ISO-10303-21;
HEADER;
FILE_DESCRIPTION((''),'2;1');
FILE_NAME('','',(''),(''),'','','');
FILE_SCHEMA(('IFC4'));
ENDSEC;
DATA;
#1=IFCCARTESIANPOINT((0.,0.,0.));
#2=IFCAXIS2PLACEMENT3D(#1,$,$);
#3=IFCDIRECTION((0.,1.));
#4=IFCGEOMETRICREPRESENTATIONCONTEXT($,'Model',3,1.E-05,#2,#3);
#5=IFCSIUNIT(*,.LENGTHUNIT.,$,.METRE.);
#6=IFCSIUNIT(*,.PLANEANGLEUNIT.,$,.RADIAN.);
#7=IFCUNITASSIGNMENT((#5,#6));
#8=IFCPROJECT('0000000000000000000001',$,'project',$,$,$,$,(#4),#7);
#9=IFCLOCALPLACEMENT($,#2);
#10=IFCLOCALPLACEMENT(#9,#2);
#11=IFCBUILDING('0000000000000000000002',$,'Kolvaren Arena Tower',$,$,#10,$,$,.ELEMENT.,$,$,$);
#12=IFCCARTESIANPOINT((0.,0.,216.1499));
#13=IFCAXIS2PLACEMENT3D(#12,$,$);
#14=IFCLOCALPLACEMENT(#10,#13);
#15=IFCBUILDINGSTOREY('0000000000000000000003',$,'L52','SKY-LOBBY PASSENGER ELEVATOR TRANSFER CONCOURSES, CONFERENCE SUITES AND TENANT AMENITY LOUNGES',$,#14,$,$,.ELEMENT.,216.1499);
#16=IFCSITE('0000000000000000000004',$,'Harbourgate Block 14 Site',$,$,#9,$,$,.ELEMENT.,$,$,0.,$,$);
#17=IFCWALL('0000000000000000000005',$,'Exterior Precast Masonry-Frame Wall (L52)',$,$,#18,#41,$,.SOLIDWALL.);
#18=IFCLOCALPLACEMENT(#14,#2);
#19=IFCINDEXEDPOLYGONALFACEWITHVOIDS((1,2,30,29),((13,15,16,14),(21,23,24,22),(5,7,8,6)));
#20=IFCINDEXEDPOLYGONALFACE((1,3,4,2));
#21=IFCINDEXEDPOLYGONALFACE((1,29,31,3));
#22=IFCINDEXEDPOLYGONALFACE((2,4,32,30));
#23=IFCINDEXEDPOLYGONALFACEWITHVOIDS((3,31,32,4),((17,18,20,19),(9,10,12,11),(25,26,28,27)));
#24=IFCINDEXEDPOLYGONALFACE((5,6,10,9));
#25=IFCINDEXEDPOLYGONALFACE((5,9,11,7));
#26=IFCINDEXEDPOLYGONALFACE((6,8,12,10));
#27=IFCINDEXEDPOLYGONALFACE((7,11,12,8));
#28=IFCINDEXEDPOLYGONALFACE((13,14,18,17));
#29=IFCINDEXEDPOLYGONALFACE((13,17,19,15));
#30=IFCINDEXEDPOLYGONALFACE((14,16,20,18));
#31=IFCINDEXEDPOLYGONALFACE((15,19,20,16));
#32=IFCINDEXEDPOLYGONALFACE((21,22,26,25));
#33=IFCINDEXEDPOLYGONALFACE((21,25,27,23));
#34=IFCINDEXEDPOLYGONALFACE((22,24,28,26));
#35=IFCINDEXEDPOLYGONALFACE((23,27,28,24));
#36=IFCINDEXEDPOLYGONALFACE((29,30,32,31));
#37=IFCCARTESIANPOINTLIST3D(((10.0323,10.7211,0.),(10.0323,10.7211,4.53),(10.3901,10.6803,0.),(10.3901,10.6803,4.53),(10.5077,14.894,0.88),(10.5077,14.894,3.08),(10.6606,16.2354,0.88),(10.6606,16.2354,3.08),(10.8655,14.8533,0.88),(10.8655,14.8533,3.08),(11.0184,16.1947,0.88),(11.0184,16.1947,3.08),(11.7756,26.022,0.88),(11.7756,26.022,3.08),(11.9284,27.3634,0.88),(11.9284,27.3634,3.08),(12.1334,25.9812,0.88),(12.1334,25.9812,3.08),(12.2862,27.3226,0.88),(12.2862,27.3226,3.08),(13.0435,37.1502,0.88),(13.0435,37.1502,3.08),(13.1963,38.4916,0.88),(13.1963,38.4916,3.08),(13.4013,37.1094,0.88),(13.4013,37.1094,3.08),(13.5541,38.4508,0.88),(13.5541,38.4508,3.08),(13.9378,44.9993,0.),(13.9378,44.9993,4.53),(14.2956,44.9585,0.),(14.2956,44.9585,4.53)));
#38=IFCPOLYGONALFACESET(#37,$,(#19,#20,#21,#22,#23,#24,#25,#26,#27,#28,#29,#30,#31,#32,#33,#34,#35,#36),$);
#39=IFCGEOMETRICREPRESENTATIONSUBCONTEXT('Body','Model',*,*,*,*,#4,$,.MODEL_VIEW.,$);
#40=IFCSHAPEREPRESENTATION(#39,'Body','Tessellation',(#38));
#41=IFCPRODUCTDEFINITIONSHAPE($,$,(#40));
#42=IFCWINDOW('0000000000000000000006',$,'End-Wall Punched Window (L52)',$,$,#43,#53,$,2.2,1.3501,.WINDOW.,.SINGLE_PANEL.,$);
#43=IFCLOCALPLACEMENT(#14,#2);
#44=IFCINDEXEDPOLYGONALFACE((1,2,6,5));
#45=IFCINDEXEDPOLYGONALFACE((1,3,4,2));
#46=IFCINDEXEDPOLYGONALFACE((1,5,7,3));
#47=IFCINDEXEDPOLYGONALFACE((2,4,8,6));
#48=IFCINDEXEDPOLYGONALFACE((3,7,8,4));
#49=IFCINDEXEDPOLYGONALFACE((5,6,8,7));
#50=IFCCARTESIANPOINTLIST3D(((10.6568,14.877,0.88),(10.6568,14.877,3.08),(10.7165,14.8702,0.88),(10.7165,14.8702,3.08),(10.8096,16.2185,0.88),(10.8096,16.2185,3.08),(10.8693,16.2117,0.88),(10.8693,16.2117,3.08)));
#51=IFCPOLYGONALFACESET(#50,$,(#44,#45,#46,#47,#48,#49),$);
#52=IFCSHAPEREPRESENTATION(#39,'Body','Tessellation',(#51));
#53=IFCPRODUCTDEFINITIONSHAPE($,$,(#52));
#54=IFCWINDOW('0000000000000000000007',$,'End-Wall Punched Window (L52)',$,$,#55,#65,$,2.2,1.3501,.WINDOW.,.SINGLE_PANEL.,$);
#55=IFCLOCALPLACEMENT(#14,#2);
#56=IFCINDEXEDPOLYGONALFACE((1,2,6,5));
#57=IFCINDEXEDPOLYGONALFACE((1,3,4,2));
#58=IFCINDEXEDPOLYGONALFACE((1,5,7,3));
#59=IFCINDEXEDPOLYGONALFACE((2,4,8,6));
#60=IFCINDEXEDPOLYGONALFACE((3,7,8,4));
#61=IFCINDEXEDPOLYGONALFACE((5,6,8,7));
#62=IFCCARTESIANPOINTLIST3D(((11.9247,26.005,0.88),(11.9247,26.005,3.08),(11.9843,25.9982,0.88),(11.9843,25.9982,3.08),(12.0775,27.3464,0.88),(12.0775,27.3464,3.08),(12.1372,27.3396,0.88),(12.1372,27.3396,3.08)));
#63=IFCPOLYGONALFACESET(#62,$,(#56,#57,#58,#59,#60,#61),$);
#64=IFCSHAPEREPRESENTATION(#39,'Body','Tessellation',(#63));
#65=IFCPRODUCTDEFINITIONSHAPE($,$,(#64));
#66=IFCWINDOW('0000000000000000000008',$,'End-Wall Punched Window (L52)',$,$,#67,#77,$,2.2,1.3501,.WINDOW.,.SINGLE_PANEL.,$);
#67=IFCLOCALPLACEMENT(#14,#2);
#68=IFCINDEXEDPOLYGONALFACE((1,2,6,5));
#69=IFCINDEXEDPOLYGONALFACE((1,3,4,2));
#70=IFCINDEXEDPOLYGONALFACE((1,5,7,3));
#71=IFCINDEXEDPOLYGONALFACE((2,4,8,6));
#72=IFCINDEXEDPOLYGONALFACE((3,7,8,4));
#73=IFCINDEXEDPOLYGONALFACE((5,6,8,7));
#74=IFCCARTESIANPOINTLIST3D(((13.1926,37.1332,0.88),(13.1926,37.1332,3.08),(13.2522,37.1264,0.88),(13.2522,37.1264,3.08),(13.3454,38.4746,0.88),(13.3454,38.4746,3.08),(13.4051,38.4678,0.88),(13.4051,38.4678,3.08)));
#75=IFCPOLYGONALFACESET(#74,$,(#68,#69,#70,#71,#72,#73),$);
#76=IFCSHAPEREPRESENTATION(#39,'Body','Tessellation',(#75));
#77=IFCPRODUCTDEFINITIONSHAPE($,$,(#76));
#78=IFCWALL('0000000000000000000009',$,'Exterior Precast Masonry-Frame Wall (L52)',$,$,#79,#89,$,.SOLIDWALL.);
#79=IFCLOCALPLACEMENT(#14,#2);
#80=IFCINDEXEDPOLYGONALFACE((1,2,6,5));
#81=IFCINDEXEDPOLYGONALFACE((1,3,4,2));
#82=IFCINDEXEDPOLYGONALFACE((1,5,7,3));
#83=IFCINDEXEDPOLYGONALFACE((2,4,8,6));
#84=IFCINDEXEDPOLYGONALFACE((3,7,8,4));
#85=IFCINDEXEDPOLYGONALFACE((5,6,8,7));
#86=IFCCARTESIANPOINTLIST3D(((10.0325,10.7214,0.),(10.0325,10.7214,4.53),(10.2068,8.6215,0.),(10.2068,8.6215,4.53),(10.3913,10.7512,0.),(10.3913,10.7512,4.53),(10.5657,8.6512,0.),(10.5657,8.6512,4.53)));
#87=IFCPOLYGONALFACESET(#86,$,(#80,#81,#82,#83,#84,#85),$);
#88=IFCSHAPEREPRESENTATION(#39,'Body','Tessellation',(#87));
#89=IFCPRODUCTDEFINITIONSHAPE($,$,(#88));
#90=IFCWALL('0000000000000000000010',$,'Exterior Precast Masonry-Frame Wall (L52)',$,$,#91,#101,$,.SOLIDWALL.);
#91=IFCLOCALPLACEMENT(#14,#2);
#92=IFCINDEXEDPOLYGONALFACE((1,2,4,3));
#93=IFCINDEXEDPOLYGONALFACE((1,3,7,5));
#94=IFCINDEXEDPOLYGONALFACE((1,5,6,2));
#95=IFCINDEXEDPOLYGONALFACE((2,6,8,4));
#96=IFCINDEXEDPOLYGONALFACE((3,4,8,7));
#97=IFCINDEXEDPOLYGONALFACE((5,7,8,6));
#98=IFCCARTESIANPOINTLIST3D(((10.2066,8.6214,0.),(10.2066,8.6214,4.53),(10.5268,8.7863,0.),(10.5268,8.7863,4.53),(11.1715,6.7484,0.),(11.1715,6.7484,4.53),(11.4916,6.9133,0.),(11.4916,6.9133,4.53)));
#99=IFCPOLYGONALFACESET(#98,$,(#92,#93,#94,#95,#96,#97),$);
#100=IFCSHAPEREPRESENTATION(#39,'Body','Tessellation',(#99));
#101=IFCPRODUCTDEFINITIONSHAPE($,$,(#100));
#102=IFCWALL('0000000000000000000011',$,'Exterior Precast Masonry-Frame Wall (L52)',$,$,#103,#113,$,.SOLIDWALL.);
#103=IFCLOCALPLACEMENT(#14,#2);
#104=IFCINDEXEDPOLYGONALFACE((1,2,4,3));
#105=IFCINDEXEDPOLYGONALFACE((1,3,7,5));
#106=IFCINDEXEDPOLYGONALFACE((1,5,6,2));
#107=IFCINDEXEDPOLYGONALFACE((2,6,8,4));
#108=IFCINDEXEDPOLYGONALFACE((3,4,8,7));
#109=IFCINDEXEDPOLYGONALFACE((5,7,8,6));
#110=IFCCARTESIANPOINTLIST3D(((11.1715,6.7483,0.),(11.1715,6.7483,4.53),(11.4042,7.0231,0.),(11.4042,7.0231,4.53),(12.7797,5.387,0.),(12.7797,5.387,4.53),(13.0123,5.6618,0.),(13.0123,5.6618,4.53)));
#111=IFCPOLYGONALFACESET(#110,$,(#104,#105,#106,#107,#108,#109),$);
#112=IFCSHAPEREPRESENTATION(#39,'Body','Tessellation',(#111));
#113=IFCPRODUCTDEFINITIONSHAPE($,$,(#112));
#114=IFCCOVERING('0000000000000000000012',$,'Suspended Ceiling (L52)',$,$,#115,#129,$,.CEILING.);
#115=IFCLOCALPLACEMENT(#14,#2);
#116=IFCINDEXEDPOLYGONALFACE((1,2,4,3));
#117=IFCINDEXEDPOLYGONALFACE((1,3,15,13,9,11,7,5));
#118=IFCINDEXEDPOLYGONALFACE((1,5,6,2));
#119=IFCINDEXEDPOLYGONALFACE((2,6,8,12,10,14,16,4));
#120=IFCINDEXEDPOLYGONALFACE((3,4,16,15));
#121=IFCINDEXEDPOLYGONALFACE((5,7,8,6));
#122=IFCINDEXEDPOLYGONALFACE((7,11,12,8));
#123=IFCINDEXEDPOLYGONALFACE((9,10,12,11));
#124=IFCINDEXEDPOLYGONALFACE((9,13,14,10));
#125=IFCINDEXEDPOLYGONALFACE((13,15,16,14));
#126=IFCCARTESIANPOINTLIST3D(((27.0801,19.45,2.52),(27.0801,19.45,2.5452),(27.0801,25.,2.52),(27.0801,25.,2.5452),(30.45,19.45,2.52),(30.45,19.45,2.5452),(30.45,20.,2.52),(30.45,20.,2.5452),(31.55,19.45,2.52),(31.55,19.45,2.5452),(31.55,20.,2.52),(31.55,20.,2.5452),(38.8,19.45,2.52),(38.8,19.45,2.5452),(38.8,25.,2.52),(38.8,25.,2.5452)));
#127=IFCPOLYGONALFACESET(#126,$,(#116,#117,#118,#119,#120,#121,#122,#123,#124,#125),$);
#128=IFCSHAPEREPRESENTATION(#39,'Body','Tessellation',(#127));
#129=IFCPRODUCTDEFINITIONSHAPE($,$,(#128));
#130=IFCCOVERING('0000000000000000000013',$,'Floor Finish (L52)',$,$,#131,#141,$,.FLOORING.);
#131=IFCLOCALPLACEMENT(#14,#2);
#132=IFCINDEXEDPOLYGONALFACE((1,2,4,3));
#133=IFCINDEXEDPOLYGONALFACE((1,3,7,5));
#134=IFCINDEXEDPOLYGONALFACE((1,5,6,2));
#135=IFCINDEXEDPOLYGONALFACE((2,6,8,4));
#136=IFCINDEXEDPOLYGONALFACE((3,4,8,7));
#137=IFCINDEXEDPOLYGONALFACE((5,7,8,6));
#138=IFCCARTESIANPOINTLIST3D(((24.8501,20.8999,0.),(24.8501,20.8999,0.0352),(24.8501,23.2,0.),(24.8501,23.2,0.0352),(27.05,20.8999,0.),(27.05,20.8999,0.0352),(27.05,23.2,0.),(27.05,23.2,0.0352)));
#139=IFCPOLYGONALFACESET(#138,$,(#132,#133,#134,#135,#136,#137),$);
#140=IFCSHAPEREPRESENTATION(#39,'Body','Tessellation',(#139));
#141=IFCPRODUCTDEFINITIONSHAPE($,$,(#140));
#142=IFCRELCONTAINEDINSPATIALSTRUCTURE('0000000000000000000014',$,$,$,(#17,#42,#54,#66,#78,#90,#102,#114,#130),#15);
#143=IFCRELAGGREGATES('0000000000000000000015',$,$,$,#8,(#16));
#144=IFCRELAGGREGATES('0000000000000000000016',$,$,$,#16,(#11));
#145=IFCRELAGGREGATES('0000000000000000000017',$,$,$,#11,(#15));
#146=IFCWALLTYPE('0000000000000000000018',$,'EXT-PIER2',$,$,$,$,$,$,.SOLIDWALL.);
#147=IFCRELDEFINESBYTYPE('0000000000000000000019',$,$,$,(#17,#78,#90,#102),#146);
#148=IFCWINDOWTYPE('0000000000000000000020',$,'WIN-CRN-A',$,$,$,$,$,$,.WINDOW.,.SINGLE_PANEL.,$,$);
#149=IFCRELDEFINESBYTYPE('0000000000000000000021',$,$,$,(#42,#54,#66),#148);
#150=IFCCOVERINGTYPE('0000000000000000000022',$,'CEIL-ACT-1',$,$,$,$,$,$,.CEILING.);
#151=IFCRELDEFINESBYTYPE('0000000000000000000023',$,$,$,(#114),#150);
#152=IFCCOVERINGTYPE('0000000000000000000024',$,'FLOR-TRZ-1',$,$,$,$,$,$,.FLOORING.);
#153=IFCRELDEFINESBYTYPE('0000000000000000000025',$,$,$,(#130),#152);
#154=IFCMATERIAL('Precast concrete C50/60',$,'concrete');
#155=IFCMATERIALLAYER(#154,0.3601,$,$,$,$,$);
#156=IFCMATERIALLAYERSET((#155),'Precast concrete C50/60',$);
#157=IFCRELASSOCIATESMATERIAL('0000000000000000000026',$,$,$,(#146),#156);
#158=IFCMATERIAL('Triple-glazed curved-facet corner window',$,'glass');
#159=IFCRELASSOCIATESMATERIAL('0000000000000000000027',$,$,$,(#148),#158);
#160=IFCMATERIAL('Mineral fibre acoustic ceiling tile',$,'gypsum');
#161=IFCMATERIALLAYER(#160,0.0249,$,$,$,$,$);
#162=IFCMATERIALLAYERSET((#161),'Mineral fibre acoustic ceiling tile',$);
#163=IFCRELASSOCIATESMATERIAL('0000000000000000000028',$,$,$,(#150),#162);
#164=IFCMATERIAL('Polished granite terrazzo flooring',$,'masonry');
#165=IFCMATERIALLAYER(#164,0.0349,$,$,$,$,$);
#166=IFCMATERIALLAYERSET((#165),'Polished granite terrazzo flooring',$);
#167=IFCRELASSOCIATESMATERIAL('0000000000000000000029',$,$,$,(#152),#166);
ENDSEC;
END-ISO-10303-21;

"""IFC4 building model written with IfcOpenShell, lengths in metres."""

from ifc_helpers import new_model, si_unit, direction, frame, frame_2d, origin, place, context, subcontext, project, spatial, polyline, rectangle, outline, extrude, material, layer, layer_set, type_object, element, fill, save


model = new_model("IFC4")

# Units and contexts
model_context = context("Model", 3, precision=1e-05, world=origin(), true_north=direction((0.0, 1.0)))
body_context = subcontext(model_context, "Body", "Model", "MODEL_VIEW")
ifc_project = project(units=[si_unit("LENGTHUNIT", "METRE"), si_unit("PLANEANGLEUNIT", "RADIAN")], contexts=[model_context])

# Site, building, storey
site_placement = place(None, origin())
site = spatial("IfcSite", under=ifc_project, at=site_placement, Name="Harbourgate Block 14 Site", CompositionType="ELEMENT", RefElevation=0.0)
building_placement = place(site_placement, origin())
building = spatial("IfcBuilding", under=site, at=building_placement, Name="Kolvaren Arena Tower", CompositionType="ELEMENT")
storey_placement = place(building_placement, frame((0.0, 0.0, 216.1499)))
storey = spatial("IfcBuildingStorey", under=building, at=storey_placement, Name="L52", Description="SKY-LOBBY PASSENGER ELEVATOR TRANSFER CONCOURSES, CONFERENCE SUITES AND TENANT AMENITY LOUNGES", CompositionType="ELEMENT", Elevation=216.1499)

# Wall, openings, windows
ifc_material_1 = material(Name="Precast concrete C50/60", Category="concrete")
ifc_layer_1 = layer(ifc_material_1, 0.3601)
ifc_layer_set_1 = layer_set([ifc_layer_1], Name="Precast concrete C50/60")
wall_type_1 = type_object("IfcWallType", Name="EXT-PIER2", PredefinedType="SOLIDWALL", material=ifc_layer_set_1)
wall_1_placement = place(storey_placement, frame((10.2112, 10.7007, 0.0), z_axis=(0.0, 0.0, 1.0), x_axis=(0.113203, 0.993572, 0.0)))
wall_1 = element("IfcWall", 1, at=wall_1_placement, inside=storey, type_object=wall_type_1, Name="Exterior Precast Masonry-Frame Wall (L52)", PredefinedType="SOLIDWALL", context=body_context, shape_type="SweptSolid", body=[
    extrude(rectangle(XDim=34.5, YDim=0.3601, at=frame_2d((17.25, 0.0))), origin(), (0.0, 0.0, 1.0), 4.53),
])
opening_1_placement = place(wall_1_placement, frame((4.2, 0.0, 0.8799)))
opening_1 = element("IfcOpeningElement", 2, at=opening_1_placement, cuts=wall_1, PredefinedType="OPENING", context=body_context, shape_type="SweptSolid", body=[
    extrude(rectangle(XDim=1.3501, YDim=2.2, at=frame_2d((0.675, 1.1001))), frame((0.0, 0.1899, 0.0), z_axis=(0.0, -1.0, 0.0), x_axis=(1.0, 0.0, 0.0)), (0.0, 0.0, 1.0), 0.3801),
])
opening_2_placement = place(wall_1_placement, frame((15.3999, 0.0, 0.8799)))
opening_2 = element("IfcOpeningElement", 3, at=opening_2_placement, cuts=wall_1, PredefinedType="OPENING", context=body_context, shape_type="SweptSolid", body=[
    extrude(rectangle(XDim=1.3501, YDim=2.2, at=frame_2d((0.675, 1.1001))), frame((0.0, 0.1899, 0.0), z_axis=(0.0, -1.0, 0.0), x_axis=(1.0, 0.0, 0.0)), (0.0, 0.0, 1.0), 0.3801),
])
opening_3_placement = place(wall_1_placement, frame((26.6001, 0.0, 0.8799)))
opening_3 = element("IfcOpeningElement", 4, at=opening_3_placement, cuts=wall_1, PredefinedType="OPENING", context=body_context, shape_type="SweptSolid", body=[
    extrude(rectangle(XDim=1.3501, YDim=2.2, at=frame_2d((0.675, 1.1001))), frame((0.0, 0.1899, 0.0), z_axis=(0.0, -1.0, 0.0), x_axis=(1.0, 0.0, 0.0)), (0.0, 0.0, 1.0), 0.3801),
])
ifc_material_2 = material(Name="Triple-glazed curved-facet corner window", Category="glass")
window_type = type_object("IfcWindowType", Name="WIN-CRN-A", PartitioningType="SINGLE_PANEL", PredefinedType="WINDOW", material=ifc_material_2)
window_1_placement = place(opening_1_placement, origin())
window_1 = element("IfcWindow", 5, at=window_1_placement, inside=storey, type_object=window_type, Name="End-Wall Punched Window (L52)", OverallHeight=2.2, OverallWidth=1.3501, PartitioningType="SINGLE_PANEL", PredefinedType="WINDOW", context=body_context, shape_type="SweptSolid", body=[
    extrude(rectangle(XDim=1.3501, YDim=2.2, at=frame_2d((0.675, 1.1001))), frame((0.0, 0.03, 0.0), z_axis=(0.0, -1.0, 0.0), x_axis=(1.0, 0.0, 0.0)), (0.0, 0.0, 1.0), 0.0601),
])
fill(opening_1, window_1)
window_2_placement = place(opening_2_placement, origin())
window_2 = element("IfcWindow", 6, at=window_2_placement, inside=storey, type_object=window_type, Name="End-Wall Punched Window (L52)", OverallHeight=2.2, OverallWidth=1.3501, PartitioningType="SINGLE_PANEL", PredefinedType="WINDOW", context=body_context, shape_type="SweptSolid", body=[
    extrude(rectangle(XDim=1.3501, YDim=2.2, at=frame_2d((0.675, 1.1001))), frame((0.0, 0.03, 0.0), z_axis=(0.0, -1.0, 0.0), x_axis=(1.0, 0.0, 0.0)), (0.0, 0.0, 1.0), 0.0601),
])
fill(opening_2, window_2)
window_3_placement = place(opening_3_placement, origin())
window_3 = element("IfcWindow", 7, at=window_3_placement, inside=storey, type_object=window_type, Name="End-Wall Punched Window (L52)", OverallHeight=2.2, OverallWidth=1.3501, PartitioningType="SINGLE_PANEL", PredefinedType="WINDOW", context=body_context, shape_type="SweptSolid", body=[
    extrude(rectangle(XDim=1.3501, YDim=2.2, at=frame_2d((0.675, 1.1001))), frame((0.0, 0.03, 0.0), z_axis=(0.0, -1.0, 0.0), x_axis=(1.0, 0.0, 0.0)), (0.0, 0.0, 1.0), 0.0601),
])
fill(opening_3, window_3)

# Walls
wall_2_placement = place(storey_placement, frame((10.3862, 8.6362, 0.0), z_axis=(0.0, 0.0, 1.0), x_axis=(-0.082729, 0.996572, 0.0)))
element("IfcWall", 8, at=wall_2_placement, inside=storey, type_object=wall_type_1, Name="Exterior Precast Masonry-Frame Wall (L52)", PredefinedType="SOLIDWALL", context=body_context, shape_type="SweptSolid", body=[
    extrude(rectangle(XDim=2.1072, YDim=0.3601, at=frame_2d((1.0537, 0.0))), origin(), (0.0, 0.0, 1.0), 4.53),
])
for number, where, z_axis, x_axis, name in (
    (9, (11.3315, 6.8308, 0.0), (0.0, 0.0, 1.0), (-0.457934, 0.888986, 0.0), "Exterior Precast Masonry-Frame Wall (L52)"),
    (10, (12.896, 5.5244, 0.0), (0.0, 0.0, 1.0), (-0.76325, 0.646103, 0.0), "Exterior Precast Masonry-Frame Wall (L52)"),
):
    element("IfcWall", number, at=place(storey_placement, frame(where, z_axis=z_axis, x_axis=x_axis)), inside=storey, type_object=wall_type_1, Name=name, PredefinedType="SOLIDWALL", context=body_context, shape_type="SweptSolid", body=[
        extrude(rectangle(XDim=2.1069, YDim=0.3601, at=frame_2d((1.0535, 0.0))), origin(), (0.0, 0.0, 1.0), 4.53),
    ])

# Coverings
ifc_material_3 = material(Name="Mineral fibre acoustic ceiling tile", Category="gypsum")
ifc_layer_2 = layer(ifc_material_3, 0.0249)
ifc_layer_set_2 = layer_set([ifc_layer_2], Name="Mineral fibre acoustic ceiling tile")
covering_type_1 = type_object("IfcCoveringType", Name="CEIL-ACT-1", PredefinedType="CEILING", material=ifc_layer_set_2)
covering_1_placement = place(storey_placement, frame((0.0, 0.0, 2.52)))
element("IfcCovering", 11, at=covering_1_placement, inside=storey, type_object=covering_type_1, Name="Suspended Ceiling (L52)", PredefinedType="CEILING", context=body_context, shape_type="SweptSolid", body=[
    extrude(outline(polyline([(27.0801, 19.45), (27.0801, 25.0), (38.8, 25.0), (38.8, 19.45), (31.55, 19.45), (31.55, 20.0), (30.45, 20.0), (30.45, 19.45), (27.0801, 19.45)])), origin(), (0.0, 0.0, 1.0), 0.0251),
])
ifc_material_4 = material(Name="Polished granite terrazzo flooring", Category="masonry")
ifc_layer_3 = layer(ifc_material_4, 0.0349)
ifc_layer_set_3 = layer_set([ifc_layer_3], Name="Polished granite terrazzo flooring")
covering_type_2 = type_object("IfcCoveringType", Name="FLOR-TRZ-1", PredefinedType="FLOORING", material=ifc_layer_set_3)
covering_2_placement = place(storey_placement, origin())
element("IfcCovering", 12, at=covering_2_placement, inside=storey, type_object=covering_type_2, Name="Floor Finish (L52)", PredefinedType="FLOORING", context=body_context, shape_type="SweptSolid", body=[
    extrude(outline(polyline([(24.8501, 20.8999), (24.8501, 23.2), (27.05, 23.2), (27.05, 20.8999), (24.8501, 20.8999)])), origin(), (0.0, 0.0, 1.0), 0.0352),
])

save(model, "model.ifc")
